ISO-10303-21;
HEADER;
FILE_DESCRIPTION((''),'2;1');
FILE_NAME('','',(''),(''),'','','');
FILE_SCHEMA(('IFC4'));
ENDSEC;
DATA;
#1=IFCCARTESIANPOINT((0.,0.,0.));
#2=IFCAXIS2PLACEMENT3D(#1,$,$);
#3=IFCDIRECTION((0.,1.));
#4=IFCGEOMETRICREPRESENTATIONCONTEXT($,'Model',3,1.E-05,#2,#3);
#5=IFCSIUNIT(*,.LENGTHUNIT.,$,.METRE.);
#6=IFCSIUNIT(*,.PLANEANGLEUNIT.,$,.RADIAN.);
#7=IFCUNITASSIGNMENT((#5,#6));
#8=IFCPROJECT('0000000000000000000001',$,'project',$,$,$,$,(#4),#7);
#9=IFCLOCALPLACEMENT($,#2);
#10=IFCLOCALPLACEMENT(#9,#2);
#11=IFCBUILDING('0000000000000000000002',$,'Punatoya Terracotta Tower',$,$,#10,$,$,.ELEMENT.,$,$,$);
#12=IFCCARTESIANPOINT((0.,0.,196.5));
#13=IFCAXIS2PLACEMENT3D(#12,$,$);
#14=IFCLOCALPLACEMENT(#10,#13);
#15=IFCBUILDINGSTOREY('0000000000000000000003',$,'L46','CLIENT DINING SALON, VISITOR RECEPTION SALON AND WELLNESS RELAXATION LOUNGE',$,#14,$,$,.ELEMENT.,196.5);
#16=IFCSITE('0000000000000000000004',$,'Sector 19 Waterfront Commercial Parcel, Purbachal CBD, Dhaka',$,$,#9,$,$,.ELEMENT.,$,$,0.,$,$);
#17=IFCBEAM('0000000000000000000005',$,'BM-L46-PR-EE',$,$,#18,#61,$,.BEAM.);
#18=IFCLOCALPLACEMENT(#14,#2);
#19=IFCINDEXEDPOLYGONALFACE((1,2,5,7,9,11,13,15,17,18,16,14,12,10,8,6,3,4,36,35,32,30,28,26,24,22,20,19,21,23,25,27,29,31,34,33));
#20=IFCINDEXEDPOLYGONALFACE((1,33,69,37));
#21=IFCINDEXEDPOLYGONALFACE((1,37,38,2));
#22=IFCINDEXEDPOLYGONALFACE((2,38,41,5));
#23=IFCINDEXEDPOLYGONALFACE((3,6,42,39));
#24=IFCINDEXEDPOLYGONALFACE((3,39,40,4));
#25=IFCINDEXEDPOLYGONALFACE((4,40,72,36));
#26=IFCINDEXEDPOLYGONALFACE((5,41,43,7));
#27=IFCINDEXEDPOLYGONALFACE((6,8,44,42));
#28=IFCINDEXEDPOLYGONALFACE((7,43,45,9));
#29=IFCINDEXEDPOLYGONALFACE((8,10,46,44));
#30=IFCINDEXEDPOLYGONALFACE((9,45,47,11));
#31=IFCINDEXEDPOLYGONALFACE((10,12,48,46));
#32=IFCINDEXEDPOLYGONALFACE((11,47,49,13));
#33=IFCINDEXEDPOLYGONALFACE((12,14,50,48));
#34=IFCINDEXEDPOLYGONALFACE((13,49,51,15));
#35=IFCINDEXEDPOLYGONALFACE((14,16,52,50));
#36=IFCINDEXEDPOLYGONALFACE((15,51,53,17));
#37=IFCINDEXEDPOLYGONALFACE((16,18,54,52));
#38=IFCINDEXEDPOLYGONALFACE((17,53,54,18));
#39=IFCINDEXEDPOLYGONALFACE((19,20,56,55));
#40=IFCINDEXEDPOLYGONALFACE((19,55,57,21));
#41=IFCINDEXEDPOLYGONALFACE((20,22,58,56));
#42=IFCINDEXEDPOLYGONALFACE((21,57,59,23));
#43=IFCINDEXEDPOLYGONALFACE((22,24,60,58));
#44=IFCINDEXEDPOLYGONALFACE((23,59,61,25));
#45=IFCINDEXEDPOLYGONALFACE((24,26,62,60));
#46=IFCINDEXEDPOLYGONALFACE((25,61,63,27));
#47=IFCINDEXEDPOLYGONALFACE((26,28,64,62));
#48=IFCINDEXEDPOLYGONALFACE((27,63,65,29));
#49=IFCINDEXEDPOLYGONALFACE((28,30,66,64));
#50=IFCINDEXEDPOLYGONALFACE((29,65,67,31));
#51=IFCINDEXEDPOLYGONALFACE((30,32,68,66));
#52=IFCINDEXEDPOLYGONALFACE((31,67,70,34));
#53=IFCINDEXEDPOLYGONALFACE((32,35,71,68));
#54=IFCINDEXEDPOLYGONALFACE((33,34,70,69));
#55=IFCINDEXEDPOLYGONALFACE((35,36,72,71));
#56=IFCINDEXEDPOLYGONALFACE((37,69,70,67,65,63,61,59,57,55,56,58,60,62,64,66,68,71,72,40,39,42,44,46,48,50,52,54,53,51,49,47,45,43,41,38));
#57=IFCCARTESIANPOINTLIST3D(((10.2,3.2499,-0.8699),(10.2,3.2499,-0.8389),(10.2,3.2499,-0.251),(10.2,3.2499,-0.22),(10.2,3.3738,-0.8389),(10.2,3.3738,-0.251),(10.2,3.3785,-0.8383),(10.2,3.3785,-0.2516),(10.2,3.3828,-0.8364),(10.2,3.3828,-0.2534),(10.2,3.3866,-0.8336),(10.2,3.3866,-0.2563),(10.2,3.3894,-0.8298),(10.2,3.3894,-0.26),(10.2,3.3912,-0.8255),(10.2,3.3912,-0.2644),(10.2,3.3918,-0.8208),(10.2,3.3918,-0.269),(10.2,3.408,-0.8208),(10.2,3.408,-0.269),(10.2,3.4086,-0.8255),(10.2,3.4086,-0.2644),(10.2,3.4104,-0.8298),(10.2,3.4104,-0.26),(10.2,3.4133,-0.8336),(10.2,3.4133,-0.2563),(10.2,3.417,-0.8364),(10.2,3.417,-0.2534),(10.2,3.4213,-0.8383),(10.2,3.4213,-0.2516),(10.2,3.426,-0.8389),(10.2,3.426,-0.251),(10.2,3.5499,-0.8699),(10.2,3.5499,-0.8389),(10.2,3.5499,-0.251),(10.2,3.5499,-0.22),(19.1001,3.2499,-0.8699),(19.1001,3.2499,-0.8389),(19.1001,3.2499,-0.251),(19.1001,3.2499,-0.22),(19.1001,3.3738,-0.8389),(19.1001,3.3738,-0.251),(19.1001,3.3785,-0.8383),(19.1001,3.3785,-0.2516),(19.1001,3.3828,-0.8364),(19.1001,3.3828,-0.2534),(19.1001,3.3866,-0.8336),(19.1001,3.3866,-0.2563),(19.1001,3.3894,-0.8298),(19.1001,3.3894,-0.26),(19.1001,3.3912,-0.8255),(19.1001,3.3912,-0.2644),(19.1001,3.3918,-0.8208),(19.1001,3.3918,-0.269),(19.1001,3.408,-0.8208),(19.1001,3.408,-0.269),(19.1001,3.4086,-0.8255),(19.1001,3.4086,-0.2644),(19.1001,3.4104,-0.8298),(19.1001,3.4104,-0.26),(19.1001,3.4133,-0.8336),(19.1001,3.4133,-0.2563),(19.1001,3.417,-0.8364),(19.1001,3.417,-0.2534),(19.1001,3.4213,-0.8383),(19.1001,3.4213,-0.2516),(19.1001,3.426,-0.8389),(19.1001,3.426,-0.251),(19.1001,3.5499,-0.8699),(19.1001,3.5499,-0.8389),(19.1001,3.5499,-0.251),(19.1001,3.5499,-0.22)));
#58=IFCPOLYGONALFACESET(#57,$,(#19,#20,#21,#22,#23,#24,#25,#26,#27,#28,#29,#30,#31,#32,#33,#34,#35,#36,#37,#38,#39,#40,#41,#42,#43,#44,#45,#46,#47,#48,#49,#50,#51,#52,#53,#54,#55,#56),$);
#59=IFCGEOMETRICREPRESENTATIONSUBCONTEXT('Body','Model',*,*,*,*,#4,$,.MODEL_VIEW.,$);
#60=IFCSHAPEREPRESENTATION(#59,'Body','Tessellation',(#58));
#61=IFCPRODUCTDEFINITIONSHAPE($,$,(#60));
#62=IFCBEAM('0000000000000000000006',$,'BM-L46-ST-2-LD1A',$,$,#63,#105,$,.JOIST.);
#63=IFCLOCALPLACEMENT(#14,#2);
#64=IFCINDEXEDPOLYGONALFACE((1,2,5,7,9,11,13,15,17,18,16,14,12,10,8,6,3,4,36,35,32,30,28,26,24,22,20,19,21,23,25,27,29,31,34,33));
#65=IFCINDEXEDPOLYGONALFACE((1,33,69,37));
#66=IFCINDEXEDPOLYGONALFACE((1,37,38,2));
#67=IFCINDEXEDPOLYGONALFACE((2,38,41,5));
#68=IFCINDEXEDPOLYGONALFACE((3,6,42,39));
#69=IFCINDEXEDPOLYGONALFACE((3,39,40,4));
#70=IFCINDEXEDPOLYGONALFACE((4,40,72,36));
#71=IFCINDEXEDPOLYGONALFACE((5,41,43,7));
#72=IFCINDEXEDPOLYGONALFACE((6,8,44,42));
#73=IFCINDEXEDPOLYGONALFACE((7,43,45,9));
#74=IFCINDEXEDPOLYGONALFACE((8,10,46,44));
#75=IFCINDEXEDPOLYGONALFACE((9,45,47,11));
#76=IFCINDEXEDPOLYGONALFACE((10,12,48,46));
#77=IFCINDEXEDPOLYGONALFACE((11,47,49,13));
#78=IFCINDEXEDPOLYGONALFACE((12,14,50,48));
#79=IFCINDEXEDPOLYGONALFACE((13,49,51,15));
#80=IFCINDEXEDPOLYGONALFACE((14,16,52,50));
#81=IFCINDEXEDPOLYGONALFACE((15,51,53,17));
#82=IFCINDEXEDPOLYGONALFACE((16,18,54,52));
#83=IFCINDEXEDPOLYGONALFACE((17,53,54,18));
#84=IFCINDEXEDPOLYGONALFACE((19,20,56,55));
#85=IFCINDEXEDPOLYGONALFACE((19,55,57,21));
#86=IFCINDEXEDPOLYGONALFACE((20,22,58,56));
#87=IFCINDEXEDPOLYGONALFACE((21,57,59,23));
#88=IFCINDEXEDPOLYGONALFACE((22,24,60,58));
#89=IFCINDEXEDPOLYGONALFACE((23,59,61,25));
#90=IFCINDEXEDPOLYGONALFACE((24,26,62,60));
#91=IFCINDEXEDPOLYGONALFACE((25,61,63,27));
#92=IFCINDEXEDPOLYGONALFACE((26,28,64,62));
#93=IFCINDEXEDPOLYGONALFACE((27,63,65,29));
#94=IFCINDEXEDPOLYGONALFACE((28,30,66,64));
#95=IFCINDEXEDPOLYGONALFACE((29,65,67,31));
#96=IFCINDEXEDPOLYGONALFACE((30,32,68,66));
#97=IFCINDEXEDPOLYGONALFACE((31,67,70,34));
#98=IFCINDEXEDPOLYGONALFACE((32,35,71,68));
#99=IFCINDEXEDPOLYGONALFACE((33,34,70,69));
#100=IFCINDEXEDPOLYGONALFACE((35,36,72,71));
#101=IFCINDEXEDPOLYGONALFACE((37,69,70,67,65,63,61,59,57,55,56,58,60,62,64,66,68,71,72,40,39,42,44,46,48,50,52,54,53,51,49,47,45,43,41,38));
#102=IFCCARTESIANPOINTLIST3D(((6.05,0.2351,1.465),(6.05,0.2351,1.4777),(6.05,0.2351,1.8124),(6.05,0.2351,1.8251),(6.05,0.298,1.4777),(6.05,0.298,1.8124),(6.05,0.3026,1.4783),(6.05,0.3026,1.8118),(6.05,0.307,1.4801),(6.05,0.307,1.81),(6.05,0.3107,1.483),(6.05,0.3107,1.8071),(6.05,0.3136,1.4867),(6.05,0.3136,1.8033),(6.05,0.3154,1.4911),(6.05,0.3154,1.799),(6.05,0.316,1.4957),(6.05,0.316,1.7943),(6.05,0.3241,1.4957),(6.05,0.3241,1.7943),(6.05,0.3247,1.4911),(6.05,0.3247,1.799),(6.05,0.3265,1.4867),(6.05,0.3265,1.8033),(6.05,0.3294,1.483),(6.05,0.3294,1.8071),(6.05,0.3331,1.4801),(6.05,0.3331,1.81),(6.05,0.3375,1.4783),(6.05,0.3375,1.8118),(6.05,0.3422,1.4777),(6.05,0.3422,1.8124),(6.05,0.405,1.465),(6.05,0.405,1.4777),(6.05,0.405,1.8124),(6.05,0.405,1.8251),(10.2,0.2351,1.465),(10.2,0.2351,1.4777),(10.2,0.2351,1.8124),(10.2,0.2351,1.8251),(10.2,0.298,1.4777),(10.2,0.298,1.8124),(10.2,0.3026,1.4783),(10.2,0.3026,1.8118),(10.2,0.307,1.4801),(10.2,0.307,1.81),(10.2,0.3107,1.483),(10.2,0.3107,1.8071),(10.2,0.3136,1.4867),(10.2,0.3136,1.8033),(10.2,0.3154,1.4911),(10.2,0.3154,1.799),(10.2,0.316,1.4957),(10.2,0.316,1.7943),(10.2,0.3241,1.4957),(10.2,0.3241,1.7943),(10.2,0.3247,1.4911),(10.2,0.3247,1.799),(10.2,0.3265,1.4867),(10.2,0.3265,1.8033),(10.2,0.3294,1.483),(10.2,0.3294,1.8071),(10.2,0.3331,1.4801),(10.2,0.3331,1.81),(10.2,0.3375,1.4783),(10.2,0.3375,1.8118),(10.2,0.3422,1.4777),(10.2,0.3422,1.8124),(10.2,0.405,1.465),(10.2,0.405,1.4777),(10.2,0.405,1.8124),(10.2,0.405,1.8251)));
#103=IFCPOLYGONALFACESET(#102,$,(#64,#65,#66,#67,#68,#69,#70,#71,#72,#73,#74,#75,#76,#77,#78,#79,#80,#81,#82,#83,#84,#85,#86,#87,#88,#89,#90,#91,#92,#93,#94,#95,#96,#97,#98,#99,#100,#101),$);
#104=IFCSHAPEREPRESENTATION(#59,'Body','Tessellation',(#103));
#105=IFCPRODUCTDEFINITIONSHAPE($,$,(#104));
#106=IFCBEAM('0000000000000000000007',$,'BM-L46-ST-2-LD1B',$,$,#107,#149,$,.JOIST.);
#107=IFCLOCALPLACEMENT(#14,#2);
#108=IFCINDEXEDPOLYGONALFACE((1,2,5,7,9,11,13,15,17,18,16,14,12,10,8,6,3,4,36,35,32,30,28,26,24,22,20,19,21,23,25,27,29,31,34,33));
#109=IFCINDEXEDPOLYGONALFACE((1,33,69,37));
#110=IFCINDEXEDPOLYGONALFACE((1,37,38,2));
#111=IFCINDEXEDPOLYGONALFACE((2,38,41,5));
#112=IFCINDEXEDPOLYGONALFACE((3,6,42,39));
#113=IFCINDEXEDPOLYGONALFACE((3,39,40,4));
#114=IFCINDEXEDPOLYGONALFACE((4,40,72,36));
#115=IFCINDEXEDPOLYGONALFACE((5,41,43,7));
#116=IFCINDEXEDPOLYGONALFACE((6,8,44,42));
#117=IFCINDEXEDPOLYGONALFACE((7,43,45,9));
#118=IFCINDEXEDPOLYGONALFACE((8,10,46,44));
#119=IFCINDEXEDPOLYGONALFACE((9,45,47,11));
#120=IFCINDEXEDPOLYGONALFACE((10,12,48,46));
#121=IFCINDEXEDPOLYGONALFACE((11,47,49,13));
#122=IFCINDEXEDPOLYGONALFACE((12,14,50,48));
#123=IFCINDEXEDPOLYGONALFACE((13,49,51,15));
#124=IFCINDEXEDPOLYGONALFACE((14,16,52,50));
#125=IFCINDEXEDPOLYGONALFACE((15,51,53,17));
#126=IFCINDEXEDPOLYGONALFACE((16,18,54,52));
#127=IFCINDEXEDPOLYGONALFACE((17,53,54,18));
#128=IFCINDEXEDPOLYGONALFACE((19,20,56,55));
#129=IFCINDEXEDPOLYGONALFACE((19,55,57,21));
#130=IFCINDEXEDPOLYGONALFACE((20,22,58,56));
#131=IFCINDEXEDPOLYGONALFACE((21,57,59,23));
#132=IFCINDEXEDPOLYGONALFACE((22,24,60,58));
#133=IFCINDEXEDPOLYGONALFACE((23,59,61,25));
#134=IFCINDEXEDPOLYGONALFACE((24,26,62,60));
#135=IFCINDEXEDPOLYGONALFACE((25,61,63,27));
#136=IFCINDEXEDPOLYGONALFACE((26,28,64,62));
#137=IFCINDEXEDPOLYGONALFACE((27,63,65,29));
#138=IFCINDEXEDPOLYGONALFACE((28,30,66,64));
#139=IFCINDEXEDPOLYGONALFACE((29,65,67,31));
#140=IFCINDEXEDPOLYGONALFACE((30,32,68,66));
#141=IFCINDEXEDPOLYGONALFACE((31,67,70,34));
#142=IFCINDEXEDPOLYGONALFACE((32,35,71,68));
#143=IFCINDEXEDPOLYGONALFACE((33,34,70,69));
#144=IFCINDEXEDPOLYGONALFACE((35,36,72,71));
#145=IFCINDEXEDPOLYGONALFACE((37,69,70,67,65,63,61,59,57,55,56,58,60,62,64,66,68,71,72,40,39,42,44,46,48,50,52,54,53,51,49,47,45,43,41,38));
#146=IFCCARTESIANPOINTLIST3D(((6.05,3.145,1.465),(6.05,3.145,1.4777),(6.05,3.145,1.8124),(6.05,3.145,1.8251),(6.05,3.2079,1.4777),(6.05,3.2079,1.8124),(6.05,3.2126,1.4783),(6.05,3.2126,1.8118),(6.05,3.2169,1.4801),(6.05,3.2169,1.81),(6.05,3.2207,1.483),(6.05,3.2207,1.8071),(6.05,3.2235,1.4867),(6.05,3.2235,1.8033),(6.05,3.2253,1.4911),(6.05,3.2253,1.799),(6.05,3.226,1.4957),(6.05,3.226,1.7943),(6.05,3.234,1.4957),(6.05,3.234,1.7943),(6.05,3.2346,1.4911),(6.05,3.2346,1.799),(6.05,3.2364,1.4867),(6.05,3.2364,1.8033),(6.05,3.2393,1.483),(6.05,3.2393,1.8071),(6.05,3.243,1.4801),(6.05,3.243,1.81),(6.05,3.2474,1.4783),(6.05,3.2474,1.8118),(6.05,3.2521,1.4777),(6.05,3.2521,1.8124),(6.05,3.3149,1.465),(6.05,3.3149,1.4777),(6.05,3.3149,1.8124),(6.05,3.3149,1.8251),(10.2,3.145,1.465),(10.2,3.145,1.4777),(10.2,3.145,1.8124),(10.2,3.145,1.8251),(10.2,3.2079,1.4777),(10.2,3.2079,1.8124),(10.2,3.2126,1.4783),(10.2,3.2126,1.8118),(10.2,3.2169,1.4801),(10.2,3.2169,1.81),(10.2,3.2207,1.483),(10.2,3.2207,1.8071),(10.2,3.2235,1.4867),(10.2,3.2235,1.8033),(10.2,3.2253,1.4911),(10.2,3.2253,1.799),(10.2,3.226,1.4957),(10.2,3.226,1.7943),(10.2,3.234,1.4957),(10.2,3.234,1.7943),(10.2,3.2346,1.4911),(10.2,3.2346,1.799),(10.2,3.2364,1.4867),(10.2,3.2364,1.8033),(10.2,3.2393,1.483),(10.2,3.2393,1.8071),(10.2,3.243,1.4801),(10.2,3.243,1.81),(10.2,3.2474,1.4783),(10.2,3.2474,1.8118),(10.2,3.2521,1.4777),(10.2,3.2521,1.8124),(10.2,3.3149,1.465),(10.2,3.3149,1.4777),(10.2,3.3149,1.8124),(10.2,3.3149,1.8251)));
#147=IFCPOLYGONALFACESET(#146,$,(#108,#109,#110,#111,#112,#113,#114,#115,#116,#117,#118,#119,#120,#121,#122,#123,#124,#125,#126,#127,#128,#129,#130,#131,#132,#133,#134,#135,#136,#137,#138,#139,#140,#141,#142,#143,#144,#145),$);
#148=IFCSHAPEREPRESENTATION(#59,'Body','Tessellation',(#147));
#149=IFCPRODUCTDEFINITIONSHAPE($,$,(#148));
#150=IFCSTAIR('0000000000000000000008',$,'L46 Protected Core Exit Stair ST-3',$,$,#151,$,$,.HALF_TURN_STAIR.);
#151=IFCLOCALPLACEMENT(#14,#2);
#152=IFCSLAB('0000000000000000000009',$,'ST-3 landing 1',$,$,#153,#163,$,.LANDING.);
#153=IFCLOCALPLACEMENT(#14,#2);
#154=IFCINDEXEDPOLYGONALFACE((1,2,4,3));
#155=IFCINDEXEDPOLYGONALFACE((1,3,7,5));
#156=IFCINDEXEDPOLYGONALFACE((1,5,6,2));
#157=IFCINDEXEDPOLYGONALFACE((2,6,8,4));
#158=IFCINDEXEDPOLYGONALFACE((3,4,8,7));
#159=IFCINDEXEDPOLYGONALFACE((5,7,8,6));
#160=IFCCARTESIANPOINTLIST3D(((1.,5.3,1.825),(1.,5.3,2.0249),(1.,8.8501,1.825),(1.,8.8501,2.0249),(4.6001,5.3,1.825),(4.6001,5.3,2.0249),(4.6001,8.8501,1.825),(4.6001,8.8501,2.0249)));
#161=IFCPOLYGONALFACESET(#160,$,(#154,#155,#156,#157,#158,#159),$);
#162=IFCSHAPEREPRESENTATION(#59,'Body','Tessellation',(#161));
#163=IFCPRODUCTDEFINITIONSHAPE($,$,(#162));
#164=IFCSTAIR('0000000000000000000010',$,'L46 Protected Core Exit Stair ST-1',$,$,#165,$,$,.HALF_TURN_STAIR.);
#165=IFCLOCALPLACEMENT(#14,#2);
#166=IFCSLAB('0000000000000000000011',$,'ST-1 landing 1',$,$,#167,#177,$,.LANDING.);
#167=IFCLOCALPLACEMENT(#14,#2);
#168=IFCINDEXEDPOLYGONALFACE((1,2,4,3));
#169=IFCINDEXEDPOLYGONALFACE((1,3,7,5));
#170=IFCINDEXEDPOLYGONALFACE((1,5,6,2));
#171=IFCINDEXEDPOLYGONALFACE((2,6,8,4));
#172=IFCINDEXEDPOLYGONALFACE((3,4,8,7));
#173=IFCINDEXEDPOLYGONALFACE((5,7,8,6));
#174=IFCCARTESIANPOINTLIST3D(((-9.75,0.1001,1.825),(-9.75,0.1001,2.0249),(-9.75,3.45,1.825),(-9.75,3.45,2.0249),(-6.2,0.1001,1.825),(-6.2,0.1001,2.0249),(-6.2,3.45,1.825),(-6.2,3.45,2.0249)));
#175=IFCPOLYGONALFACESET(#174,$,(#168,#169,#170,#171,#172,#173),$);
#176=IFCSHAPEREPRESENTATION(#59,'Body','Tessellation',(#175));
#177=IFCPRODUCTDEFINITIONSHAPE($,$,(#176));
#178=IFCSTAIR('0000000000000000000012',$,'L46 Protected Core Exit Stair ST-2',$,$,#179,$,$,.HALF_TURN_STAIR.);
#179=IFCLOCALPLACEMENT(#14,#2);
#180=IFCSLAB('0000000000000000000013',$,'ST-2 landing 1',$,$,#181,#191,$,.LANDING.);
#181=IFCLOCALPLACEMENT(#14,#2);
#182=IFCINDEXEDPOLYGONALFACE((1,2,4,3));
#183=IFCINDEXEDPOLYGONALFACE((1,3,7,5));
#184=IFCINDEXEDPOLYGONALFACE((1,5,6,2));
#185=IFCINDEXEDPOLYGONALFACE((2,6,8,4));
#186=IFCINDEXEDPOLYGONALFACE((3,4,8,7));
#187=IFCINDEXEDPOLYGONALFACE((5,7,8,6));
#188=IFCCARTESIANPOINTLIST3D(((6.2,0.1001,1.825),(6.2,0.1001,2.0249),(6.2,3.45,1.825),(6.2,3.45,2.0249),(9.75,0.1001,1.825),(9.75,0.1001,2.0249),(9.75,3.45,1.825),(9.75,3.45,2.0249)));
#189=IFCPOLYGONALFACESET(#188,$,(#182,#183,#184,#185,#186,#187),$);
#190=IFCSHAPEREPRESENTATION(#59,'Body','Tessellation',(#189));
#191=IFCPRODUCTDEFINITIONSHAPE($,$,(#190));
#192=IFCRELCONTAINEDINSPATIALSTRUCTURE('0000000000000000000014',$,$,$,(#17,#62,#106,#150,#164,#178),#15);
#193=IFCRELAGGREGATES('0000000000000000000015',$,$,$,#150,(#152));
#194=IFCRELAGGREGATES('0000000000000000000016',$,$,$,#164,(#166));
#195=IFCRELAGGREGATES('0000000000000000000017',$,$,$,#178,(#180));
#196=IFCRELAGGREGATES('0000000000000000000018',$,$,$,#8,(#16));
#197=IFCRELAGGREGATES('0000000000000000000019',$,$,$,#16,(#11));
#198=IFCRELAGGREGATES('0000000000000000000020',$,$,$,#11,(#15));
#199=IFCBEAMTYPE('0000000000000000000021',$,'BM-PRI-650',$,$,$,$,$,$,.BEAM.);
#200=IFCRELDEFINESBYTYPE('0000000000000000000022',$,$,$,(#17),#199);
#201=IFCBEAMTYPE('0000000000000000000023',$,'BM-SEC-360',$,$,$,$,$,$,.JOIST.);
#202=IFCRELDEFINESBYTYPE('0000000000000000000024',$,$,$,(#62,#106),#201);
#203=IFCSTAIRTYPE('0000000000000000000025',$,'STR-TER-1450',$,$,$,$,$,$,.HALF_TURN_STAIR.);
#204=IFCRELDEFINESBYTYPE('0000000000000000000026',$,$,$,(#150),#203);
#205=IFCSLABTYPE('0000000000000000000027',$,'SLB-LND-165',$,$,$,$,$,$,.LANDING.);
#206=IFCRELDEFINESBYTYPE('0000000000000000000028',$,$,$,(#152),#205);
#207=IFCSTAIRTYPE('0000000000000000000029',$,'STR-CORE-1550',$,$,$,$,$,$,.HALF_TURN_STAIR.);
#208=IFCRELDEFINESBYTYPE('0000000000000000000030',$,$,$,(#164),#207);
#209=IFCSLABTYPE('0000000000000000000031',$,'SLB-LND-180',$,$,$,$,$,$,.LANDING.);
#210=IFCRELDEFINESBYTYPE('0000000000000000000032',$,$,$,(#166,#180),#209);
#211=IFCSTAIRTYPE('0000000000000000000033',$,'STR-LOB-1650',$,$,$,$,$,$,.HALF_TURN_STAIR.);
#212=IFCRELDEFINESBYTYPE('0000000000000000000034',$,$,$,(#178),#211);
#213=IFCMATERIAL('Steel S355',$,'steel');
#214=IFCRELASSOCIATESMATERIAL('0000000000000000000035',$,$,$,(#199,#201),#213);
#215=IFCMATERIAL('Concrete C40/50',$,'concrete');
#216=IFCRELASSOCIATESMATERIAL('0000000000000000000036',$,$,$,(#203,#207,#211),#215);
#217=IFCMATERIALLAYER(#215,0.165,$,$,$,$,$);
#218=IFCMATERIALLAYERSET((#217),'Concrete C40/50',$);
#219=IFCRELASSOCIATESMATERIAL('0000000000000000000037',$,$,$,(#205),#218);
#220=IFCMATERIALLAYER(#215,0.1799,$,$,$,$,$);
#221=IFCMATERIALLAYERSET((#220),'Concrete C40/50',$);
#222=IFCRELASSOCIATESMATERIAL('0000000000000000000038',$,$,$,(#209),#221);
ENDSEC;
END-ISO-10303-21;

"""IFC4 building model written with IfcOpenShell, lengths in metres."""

from ifc_helpers import new_model, si_unit, direction, frame, origin, origin_2d, place, context, subcontext, project, spatial, polyline, i_section, outline, extrude, material, layer, layer_set, material_profile, profile_set, type_object, element, aggregate, save


model = new_model("IFC4")

# Units and contexts
model_context = context("Model", 3, precision=1e-05, world=origin(), true_north=direction((0.0, 1.0)))
body_context = subcontext(model_context, "Body", "Model", "MODEL_VIEW")
ifc_project = project(units=[si_unit("LENGTHUNIT", "METRE"), si_unit("PLANEANGLEUNIT", "RADIAN")], contexts=[model_context])

# Site, building, storey
site_placement = place(None, origin())
site = spatial("IfcSite", under=ifc_project, at=site_placement, Name="Sector 19 Waterfront Commercial Parcel, Purbachal CBD, Dhaka", CompositionType="ELEMENT", RefElevation=0.0)
building_placement = place(site_placement, origin())
building = spatial("IfcBuilding", under=site, at=building_placement, Name="Punatoya Terracotta Tower", CompositionType="ELEMENT")
storey_placement = place(building_placement, frame((0.0, 0.0, 196.5)))
storey = spatial("IfcBuildingStorey", under=building, at=storey_placement, Name="L46", Description="CLIENT DINING SALON, VISITOR RECEPTION SALON AND WELLNESS RELAXATION LOUNGE", CompositionType="ELEMENT", Elevation=196.5)

# Beams
ifc_material_1 = material(Name="Steel S355", Category="steel")
ifc_material_profile_1 = material_profile(ifc_material_1, i_section(OverallWidth=0.3, OverallDepth=0.6499, WebThickness=0.0161, FlangeThickness=0.031, FilletRadius=0.0181, at=origin_2d()))
ifc_profile_set_1 = profile_set([ifc_material_profile_1], Name="Steel S355")
beam_type_1 = type_object("IfcBeamType", Name="BM-PRI-650", PredefinedType="BEAM", material=ifc_profile_set_1)
beam_placement = place(storey_placement, frame((10.2, 3.3999, -0.5449), z_axis=(1.0, 0.0, 0.0), x_axis=(0.0, 1.0, 0.0)))
element("IfcBeam", 1, at=beam_placement, inside=storey, type_object=beam_type_1, Name="BM-L46-PR-EE", PredefinedType="BEAM", context=body_context, shape_type="SweptSolid", body=[
    extrude(i_section(OverallWidth=0.3, OverallDepth=0.6499, WebThickness=0.0161, FlangeThickness=0.031, FilletRadius=0.0181, at=origin_2d()), origin(), (0.0, 0.0, 1.0), 8.9001),
])
ifc_material_profile_2 = material_profile(ifc_material_1, i_section(OverallWidth=0.1699, OverallDepth=0.3601, WebThickness=0.0081, FlangeThickness=0.0127, FilletRadius=0.0181, at=origin_2d()))
ifc_profile_set_2 = profile_set([ifc_material_profile_2], Name="Steel S355")
beam_type_2 = type_object("IfcBeamType", Name="BM-SEC-360", PredefinedType="JOIST", material=ifc_profile_set_2)
for number, where, z_axis, x_axis, name in (
    (2, (6.05, 0.3201, 1.645), (1.0, 0.0, 0.0), (0.0, 1.0, 0.0), "BM-L46-ST-2-LD1A"),
    (3, (6.05, 3.23, 1.645), (1.0, 0.0, 0.0), (0.0, 1.0, 0.0), "BM-L46-ST-2-LD1B"),
):
    element("IfcBeam", number, at=place(storey_placement, frame(where, z_axis=z_axis, x_axis=x_axis)), inside=storey, type_object=beam_type_2, Name=name, PredefinedType="JOIST", context=body_context, shape_type="SweptSolid", body=[
        extrude(i_section(OverallWidth=0.1699, OverallDepth=0.3601, WebThickness=0.0081, FlangeThickness=0.0127, FilletRadius=0.0181, at=origin_2d()), origin(), (0.0, 0.0, 1.0), 4.1499),
    ])

# Stairs, slabs
ifc_material_2 = material(Name="Concrete C40/50", Category="concrete")
stair_type_1 = type_object("IfcStairType", Name="STR-TER-1450", PredefinedType="HALF_TURN_STAIR", material=ifc_material_2)
stair_1_placement = place(storey_placement, origin())
stair_1 = element("IfcStair", 4, at=stair_1_placement, inside=storey, type_object=stair_type_1, Name="L46 Protected Core Exit Stair ST-3", PredefinedType="HALF_TURN_STAIR")
ifc_layer_1 = layer(ifc_material_2, 0.165)
ifc_layer_set_1 = layer_set([ifc_layer_1], Name="Concrete C40/50")
slab_type_1 = type_object("IfcSlabType", Name="SLB-LND-165", PredefinedType="LANDING", material=ifc_layer_set_1)
slab_1_placement = place(storey_placement, frame((0.0, 0.0, 1.825)))
slab_1 = element("IfcSlab", 5, at=slab_1_placement, type_object=slab_type_1, Name="ST-3 landing 1", PredefinedType="LANDING", context=body_context, shape_type="SweptSolid", body=[
    extrude(outline(polyline([(1.0, 5.3), (4.6001, 5.3), (4.6001, 8.8501), (1.0, 8.8501), (1.0, 5.3)])), origin(), (0.0, 0.0, 1.0), 0.2),
])
aggregate(stair_1, [slab_1])
stair_type_2 = type_object("IfcStairType", Name="STR-CORE-1550", PredefinedType="HALF_TURN_STAIR", material=ifc_material_2)
stair_2_placement = place(storey_placement, origin())
stair_2 = element("IfcStair", 6, at=stair_2_placement, inside=storey, type_object=stair_type_2, Name="L46 Protected Core Exit Stair ST-1", PredefinedType="HALF_TURN_STAIR")
ifc_layer_2 = layer(ifc_material_2, 0.1799)
ifc_layer_set_2 = layer_set([ifc_layer_2], Name="Concrete C40/50")
slab_type_2 = type_object("IfcSlabType", Name="SLB-LND-180", PredefinedType="LANDING", material=ifc_layer_set_2)
slab_2_placement = place(storey_placement, frame((0.0, 0.0, 1.825)))
slab_2 = element("IfcSlab", 7, at=slab_2_placement, type_object=slab_type_2, Name="ST-1 landing 1", PredefinedType="LANDING", context=body_context, shape_type="SweptSolid", body=[
    extrude(outline(polyline([(-6.2, 0.1001), (-6.2, 3.45), (-9.75, 3.45), (-9.75, 0.1001), (-6.2, 0.1001)])), origin(), (0.0, 0.0, 1.0), 0.2),
])
aggregate(stair_2, [slab_2])
stair_type_3 = type_object("IfcStairType", Name="STR-LOB-1650", PredefinedType="HALF_TURN_STAIR", material=ifc_material_2)
stair_3_placement = place(storey_placement, origin())
stair_3 = element("IfcStair", 8, at=stair_3_placement, inside=storey, type_object=stair_type_3, Name="L46 Protected Core Exit Stair ST-2", PredefinedType="HALF_TURN_STAIR")
slab_3_placement = place(storey_placement, frame((0.0, 0.0, 1.825)))
slab_3 = element("IfcSlab", 9, at=slab_3_placement, type_object=slab_type_2, Name="ST-2 landing 1", PredefinedType="LANDING", context=body_context, shape_type="SweptSolid", body=[
    extrude(outline(polyline([(9.75, 0.1001), (9.75, 3.45), (6.2, 3.45), (6.2, 0.1001), (9.75, 0.1001)])), origin(), (0.0, 0.0, 1.0), 0.2),
])

aggregate(stair_3, [slab_3])

save(model, "model.ifc")
